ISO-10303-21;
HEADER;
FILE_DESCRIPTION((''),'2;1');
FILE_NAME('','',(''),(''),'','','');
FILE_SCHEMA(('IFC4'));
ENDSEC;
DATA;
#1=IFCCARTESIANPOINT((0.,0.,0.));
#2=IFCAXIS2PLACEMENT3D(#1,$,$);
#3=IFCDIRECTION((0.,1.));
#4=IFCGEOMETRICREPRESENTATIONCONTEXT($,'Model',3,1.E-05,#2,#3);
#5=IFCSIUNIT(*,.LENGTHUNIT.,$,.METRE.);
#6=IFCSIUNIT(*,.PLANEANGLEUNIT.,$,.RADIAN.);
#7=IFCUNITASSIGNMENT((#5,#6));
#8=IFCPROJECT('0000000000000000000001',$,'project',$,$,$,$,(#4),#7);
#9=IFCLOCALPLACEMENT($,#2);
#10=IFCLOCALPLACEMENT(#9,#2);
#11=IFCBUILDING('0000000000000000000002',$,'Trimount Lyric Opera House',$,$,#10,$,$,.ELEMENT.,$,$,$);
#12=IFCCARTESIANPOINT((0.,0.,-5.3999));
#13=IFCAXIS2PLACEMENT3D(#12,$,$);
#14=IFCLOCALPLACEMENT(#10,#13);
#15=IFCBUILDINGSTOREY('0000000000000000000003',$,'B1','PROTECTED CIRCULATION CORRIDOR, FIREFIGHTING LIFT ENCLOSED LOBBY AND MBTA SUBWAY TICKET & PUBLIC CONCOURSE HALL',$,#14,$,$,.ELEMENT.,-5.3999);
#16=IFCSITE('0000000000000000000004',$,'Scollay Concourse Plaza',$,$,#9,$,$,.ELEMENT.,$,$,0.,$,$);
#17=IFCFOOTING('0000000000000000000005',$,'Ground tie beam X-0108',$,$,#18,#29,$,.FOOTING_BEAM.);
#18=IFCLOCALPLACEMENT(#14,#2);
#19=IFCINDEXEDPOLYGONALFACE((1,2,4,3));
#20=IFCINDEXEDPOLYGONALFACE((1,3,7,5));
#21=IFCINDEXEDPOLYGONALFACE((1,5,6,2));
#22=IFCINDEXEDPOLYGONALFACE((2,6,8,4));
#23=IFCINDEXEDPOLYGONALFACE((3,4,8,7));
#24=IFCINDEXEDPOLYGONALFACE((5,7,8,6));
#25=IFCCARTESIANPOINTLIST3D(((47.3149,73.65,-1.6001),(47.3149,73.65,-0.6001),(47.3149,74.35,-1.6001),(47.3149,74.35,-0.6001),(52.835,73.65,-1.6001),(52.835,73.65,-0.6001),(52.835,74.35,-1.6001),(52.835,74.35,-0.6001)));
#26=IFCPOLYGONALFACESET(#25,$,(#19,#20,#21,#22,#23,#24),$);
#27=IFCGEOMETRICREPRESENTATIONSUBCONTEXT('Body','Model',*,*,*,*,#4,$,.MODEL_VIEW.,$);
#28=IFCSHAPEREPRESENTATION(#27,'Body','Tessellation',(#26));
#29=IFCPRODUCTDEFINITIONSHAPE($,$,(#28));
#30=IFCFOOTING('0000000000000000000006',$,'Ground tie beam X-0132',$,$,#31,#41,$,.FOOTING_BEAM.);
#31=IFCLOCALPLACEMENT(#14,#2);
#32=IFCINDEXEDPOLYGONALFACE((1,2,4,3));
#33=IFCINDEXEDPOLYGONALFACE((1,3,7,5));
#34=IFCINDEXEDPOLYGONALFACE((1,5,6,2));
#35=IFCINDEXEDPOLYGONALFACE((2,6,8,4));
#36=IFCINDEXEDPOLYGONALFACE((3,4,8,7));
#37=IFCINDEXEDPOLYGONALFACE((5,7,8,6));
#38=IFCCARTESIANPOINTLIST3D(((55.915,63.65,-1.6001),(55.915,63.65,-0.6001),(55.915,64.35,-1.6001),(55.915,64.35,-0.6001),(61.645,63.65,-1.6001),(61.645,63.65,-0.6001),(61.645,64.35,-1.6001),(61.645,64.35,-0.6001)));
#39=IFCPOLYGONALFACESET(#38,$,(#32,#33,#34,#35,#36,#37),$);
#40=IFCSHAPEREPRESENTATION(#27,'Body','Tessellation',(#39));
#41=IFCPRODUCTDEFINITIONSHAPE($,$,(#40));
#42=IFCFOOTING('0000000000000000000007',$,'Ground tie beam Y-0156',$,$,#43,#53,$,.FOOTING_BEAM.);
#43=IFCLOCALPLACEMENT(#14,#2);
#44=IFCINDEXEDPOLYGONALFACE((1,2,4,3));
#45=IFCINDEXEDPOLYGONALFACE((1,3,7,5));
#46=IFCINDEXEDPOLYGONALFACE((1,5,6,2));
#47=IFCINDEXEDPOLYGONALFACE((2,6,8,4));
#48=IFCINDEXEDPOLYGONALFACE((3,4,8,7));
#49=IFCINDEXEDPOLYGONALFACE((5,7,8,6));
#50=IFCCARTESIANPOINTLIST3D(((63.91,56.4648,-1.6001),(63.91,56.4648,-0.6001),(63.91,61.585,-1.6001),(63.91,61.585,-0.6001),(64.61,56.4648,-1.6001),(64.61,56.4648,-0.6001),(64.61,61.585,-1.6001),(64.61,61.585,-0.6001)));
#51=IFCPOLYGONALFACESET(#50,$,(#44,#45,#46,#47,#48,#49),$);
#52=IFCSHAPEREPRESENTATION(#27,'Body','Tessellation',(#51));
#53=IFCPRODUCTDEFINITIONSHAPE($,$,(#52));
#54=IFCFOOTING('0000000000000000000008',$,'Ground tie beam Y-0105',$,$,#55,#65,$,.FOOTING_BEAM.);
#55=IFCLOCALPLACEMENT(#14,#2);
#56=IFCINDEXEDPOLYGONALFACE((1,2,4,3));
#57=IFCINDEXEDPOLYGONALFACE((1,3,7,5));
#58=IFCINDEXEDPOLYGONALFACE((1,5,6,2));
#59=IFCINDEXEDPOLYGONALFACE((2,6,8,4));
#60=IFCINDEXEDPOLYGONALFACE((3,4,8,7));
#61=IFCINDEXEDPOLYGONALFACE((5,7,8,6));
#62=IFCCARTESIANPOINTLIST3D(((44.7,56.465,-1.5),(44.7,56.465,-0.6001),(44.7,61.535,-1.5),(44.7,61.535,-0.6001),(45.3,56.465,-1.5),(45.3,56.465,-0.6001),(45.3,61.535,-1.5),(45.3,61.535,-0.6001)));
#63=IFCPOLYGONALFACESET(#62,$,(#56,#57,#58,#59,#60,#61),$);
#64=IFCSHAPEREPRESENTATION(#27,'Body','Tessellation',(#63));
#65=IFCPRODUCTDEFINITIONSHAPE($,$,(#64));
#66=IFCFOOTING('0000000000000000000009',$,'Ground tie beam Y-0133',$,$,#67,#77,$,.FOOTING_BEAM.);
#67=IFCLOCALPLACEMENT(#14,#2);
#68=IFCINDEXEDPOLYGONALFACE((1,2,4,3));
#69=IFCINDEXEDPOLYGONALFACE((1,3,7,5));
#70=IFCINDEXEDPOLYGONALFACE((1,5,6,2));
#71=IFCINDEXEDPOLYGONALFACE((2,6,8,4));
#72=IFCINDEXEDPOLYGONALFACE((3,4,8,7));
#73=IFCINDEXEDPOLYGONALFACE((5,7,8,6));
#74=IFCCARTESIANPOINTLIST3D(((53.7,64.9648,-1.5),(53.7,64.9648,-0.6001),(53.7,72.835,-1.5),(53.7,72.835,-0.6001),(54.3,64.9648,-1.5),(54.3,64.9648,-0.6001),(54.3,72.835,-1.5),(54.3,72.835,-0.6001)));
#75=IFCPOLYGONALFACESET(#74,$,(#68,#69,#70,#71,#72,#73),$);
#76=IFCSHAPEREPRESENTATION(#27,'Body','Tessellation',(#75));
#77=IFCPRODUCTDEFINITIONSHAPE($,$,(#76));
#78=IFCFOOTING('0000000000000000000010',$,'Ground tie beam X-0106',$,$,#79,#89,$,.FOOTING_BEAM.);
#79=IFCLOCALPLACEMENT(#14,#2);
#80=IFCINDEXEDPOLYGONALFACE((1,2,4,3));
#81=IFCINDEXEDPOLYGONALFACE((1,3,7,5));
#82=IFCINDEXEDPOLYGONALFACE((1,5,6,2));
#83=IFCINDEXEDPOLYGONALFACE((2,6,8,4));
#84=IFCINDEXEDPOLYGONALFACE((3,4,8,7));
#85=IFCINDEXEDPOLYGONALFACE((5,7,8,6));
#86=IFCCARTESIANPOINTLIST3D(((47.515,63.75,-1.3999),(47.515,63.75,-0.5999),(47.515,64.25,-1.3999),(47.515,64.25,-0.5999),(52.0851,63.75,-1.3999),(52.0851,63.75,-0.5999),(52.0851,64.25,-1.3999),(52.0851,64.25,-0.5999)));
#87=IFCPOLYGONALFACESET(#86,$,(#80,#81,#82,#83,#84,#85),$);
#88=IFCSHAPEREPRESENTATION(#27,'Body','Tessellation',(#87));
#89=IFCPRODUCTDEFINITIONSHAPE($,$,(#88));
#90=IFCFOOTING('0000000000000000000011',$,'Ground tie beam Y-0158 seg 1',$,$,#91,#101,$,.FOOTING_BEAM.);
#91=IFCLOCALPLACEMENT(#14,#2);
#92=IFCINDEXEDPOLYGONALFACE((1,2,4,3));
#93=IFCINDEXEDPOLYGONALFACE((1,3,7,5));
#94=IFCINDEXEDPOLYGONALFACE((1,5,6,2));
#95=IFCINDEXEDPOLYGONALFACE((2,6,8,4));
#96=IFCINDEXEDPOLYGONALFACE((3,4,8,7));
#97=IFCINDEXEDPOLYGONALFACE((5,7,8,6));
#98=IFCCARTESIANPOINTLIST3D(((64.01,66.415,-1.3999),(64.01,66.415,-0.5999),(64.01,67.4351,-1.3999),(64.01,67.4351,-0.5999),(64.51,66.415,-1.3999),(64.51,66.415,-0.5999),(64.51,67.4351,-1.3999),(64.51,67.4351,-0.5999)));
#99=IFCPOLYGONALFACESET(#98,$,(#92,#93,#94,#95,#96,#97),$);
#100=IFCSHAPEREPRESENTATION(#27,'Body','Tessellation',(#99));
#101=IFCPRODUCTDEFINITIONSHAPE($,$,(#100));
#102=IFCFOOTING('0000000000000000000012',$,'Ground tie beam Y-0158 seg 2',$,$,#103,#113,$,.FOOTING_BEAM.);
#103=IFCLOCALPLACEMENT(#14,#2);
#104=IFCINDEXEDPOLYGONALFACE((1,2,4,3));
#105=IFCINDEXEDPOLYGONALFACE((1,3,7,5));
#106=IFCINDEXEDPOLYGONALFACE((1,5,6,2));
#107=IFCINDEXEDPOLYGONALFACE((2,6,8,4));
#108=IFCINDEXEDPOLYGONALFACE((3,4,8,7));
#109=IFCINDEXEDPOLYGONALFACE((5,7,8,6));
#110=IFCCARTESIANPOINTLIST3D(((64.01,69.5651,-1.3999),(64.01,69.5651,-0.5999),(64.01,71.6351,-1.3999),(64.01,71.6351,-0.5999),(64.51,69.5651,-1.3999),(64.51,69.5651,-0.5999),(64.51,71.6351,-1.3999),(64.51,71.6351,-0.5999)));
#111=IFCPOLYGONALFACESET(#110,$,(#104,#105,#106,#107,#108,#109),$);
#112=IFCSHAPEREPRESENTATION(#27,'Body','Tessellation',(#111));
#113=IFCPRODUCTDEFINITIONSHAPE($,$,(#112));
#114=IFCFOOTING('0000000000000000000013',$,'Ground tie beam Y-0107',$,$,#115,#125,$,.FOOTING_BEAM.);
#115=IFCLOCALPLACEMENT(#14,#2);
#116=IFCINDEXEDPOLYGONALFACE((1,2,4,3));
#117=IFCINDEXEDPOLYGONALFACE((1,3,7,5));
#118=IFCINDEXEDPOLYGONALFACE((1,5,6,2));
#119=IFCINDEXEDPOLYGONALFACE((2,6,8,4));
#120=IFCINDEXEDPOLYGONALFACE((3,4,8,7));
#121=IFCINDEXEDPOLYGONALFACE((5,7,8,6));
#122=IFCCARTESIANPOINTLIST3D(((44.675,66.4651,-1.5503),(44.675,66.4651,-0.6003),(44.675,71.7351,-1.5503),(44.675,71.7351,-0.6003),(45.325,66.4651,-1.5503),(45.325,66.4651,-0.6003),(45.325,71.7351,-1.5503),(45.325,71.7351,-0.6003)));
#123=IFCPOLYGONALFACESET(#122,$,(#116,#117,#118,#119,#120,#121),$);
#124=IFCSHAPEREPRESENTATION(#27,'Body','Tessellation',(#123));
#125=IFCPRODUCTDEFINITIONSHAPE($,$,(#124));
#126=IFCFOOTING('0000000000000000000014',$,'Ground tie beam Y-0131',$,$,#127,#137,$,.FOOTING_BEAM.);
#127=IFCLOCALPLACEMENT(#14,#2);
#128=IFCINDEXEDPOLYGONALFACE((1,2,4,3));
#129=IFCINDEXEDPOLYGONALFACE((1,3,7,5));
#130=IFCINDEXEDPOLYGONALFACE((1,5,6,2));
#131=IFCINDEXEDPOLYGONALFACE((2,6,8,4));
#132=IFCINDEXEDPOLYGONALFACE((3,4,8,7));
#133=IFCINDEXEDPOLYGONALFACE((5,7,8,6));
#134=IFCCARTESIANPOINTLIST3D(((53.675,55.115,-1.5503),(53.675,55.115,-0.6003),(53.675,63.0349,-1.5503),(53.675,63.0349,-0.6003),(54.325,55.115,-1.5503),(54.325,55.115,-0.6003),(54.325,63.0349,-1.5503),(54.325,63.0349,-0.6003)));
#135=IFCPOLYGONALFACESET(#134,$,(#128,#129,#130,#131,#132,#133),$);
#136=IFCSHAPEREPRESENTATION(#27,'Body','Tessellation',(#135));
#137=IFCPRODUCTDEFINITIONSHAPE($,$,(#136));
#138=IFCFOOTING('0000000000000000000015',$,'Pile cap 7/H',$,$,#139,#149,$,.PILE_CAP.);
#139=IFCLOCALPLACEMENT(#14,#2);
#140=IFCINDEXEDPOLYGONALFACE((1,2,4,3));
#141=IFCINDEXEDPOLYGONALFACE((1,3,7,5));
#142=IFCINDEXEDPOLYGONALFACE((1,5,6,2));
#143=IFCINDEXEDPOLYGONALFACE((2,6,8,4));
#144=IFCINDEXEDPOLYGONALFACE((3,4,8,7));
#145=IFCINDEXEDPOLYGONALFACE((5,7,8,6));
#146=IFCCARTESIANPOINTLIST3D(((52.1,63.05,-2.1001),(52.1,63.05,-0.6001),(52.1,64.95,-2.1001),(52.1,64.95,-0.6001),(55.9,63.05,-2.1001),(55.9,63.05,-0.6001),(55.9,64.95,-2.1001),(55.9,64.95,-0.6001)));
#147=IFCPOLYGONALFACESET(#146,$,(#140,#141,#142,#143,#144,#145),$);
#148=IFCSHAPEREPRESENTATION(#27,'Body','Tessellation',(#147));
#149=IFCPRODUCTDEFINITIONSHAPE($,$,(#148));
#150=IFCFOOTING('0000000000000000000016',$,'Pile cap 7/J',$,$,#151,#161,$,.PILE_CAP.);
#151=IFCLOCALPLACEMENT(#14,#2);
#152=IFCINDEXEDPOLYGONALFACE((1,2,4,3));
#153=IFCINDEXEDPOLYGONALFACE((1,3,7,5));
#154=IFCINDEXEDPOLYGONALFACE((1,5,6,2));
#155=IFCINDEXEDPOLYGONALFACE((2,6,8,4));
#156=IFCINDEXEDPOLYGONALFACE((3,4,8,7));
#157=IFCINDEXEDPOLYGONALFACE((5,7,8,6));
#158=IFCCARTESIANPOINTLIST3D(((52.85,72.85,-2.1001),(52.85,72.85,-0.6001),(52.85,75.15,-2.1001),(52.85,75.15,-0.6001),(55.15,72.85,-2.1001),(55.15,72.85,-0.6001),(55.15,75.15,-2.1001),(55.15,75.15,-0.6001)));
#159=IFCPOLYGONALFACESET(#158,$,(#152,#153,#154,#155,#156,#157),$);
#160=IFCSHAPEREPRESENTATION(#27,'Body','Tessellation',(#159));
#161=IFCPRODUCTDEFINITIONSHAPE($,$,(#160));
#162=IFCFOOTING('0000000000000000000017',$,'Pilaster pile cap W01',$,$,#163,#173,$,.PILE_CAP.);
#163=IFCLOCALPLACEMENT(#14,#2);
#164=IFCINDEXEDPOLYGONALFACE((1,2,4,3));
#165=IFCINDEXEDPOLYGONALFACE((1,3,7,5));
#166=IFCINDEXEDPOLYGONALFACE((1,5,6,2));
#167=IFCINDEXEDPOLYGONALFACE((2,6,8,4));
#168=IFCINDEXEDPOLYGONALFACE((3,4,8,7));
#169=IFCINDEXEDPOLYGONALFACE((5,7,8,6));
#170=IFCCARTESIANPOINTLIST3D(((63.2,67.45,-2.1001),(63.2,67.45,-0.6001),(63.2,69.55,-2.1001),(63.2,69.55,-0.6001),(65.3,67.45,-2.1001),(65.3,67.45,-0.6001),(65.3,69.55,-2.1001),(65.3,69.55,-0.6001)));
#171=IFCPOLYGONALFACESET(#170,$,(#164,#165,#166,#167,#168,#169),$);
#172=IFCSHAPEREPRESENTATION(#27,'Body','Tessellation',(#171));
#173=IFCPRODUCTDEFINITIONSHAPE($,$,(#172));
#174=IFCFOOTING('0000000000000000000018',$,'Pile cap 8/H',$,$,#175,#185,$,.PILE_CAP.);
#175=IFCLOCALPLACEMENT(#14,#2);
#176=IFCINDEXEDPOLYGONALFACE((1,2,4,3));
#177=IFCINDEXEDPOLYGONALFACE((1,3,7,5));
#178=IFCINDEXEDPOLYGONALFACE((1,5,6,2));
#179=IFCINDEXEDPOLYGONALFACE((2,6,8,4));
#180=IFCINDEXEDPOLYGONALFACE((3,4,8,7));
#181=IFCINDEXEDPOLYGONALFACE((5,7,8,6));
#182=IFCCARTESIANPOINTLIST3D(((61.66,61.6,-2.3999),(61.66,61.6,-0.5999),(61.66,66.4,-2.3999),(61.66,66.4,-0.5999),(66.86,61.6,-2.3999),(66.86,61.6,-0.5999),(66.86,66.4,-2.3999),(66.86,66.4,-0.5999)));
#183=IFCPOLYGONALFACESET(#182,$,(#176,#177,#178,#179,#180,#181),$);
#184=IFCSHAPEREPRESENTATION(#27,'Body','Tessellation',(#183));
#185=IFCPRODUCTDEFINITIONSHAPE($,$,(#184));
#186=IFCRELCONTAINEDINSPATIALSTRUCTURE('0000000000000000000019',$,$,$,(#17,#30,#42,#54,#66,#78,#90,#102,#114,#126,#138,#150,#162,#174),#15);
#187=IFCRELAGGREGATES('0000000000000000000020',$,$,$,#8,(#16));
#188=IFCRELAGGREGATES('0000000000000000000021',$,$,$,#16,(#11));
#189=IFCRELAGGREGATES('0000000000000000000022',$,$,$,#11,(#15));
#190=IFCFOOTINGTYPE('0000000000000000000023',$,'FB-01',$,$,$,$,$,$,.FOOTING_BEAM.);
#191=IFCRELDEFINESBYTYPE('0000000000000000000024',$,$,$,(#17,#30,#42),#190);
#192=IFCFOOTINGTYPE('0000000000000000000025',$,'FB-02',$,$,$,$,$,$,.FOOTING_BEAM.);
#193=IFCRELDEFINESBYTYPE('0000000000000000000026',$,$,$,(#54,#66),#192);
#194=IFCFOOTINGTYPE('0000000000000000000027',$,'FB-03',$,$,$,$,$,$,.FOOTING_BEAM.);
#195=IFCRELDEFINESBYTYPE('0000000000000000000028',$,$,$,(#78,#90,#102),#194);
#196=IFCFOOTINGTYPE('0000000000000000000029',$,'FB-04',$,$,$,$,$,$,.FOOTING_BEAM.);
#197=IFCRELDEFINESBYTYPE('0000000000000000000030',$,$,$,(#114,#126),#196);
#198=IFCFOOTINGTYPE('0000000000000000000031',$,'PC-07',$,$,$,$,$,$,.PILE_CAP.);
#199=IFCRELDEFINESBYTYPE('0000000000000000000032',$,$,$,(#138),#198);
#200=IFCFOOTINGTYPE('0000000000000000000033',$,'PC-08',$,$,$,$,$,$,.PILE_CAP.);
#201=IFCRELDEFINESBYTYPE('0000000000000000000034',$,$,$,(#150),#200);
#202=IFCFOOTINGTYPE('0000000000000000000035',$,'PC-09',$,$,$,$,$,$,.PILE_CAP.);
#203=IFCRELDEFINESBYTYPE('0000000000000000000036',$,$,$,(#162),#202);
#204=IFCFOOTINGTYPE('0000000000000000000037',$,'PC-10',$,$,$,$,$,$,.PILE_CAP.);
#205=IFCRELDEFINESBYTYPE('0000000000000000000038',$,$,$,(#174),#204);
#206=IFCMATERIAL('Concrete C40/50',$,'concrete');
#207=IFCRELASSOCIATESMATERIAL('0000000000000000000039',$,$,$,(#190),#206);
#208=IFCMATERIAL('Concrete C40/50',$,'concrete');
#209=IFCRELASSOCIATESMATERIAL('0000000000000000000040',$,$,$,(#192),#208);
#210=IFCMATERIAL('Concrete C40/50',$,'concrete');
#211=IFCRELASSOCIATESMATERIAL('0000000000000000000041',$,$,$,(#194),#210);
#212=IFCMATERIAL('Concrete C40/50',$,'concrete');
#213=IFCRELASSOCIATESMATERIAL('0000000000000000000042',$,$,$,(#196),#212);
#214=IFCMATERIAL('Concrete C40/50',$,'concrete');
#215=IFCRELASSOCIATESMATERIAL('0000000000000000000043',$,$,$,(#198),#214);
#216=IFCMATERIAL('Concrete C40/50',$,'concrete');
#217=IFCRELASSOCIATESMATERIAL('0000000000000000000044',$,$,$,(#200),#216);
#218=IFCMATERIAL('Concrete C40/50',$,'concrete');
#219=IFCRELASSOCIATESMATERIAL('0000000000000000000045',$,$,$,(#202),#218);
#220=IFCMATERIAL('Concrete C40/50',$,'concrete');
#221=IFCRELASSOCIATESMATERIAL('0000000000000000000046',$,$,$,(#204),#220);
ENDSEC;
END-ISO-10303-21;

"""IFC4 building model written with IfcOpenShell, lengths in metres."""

from ifc_helpers import new_model, si_unit, direction, frame, origin, origin_2d, place, context, subcontext, project, spatial, rectangle, extrude, material, type_object, element, save


model = new_model("IFC4")

# Units and contexts
model_context = context("Model", 3, precision=1e-05, world=origin(), true_north=direction((0.0, 1.0)))
body_context = subcontext(model_context, "Body", "Model", "MODEL_VIEW")
ifc_project = project(units=[si_unit("LENGTHUNIT", "METRE"), si_unit("PLANEANGLEUNIT", "RADIAN")], contexts=[model_context])

# Site, building, storey
site_placement = place(None, origin())
site = spatial("IfcSite", under=ifc_project, at=site_placement, Name="Scollay Concourse Plaza", CompositionType="ELEMENT", RefElevation=0.0)
building_placement = place(site_placement, origin())
building = spatial("IfcBuilding", under=site, at=building_placement, Name="Trimount Lyric Opera House", CompositionType="ELEMENT")
storey_placement = place(building_placement, frame((0.0, 0.0, -5.3999)))
storey = spatial("IfcBuildingStorey", under=building, at=storey_placement, Name="B1", Description="PROTECTED CIRCULATION CORRIDOR, FIREFIGHTING LIFT ENCLOSED LOBBY AND MBTA SUBWAY TICKET & PUBLIC CONCOURSE HALL", CompositionType="ELEMENT", Elevation=-5.3999)

# Footings
ifc_material_1 = material(Name="Concrete C40/50", Category="concrete")
footing_type_1 = type_object("IfcFootingType", Name="FB-01", PredefinedType="FOOTING_BEAM", material=ifc_material_1)
footing_1_placement = place(storey_placement, frame((50.075, 74.0, -1.6001), z_axis=(0.0, 0.0, 1.0), x_axis=(1.0, 0.0, 0.0)))
element("IfcFooting", 1, at=footing_1_placement, inside=storey, type_object=footing_type_1, Name="Ground tie beam X-0108", PredefinedType="FOOTING_BEAM", context=body_context, shape_type="SweptSolid", body=[
    extrude(rectangle(XDim=5.52, YDim=0.7, at=origin_2d()), origin(), (0.0, 0.0, 1.0), 1.0),
])
footing_2_placement = place(storey_placement, frame((58.78, 64.0, -1.6001), z_axis=(0.0, 0.0, 1.0), x_axis=(1.0, 0.0, 0.0)))
element("IfcFooting", 2, at=footing_2_placement, inside=storey, type_object=footing_type_1, Name="Ground tie beam X-0132", PredefinedType="FOOTING_BEAM", context=body_context, shape_type="SweptSolid", body=[
    extrude(rectangle(XDim=5.73, YDim=0.7, at=origin_2d()), origin(), (0.0, 0.0, 1.0), 1.0),
])
footing_3_placement = place(storey_placement, frame((64.26, 59.0249, -1.6001), z_axis=(0.0, 0.0, 1.0), x_axis=(1.0, 0.0, 0.0)))
element("IfcFooting", 3, at=footing_3_placement, inside=storey, type_object=footing_type_1, Name="Ground tie beam Y-0156", PredefinedType="FOOTING_BEAM", context=body_context, shape_type="SweptSolid", body=[
    extrude(rectangle(XDim=0.7, YDim=5.1201, at=origin_2d()), origin(), (0.0, 0.0, 1.0), 1.0),
])
ifc_material_2 = material(Name="Concrete C40/50", Category="concrete")
footing_type_2 = type_object("IfcFootingType", Name="FB-02", PredefinedType="FOOTING_BEAM", material=ifc_material_2)
footing_4_placement = place(storey_placement, frame((45.0, 59.0, -1.5), z_axis=(0.0, 0.0, 1.0), x_axis=(1.0, 0.0, 0.0)))
element("IfcFooting", 4, at=footing_4_placement, inside=storey, type_object=footing_type_2, Name="Ground tie beam Y-0105", PredefinedType="FOOTING_BEAM", context=body_context, shape_type="SweptSolid", body=[
    extrude(rectangle(XDim=0.6001, YDim=5.0701, at=origin_2d()), origin(), (0.0, 0.0, 1.0), 0.8999),
])
footing_5_placement = place(storey_placement, frame((54.0, 68.8999, -1.5), z_axis=(0.0, 0.0, 1.0), x_axis=(1.0, 0.0, 0.0)))
element("IfcFooting", 5, at=footing_5_placement, inside=storey, type_object=footing_type_2, Name="Ground tie beam Y-0133", PredefinedType="FOOTING_BEAM", context=body_context, shape_type="SweptSolid", body=[
    extrude(rectangle(XDim=0.6001, YDim=7.8701, at=origin_2d()), origin(), (0.0, 0.0, 1.0), 0.8999),
])
ifc_material_3 = material(Name="Concrete C40/50", Category="concrete")
footing_type_3 = type_object("IfcFootingType", Name="FB-03", PredefinedType="FOOTING_BEAM", material=ifc_material_3)
footing_6_placement = place(storey_placement, frame((49.8, 64.0, -1.3999), z_axis=(0.0, 0.0, 1.0), x_axis=(1.0, 0.0, 0.0)))
element("IfcFooting", 6, at=footing_6_placement, inside=storey, type_object=footing_type_3, Name="Ground tie beam X-0106", PredefinedType="FOOTING_BEAM", context=body_context, shape_type="SweptSolid", body=[
    extrude(rectangle(XDim=4.5701, YDim=0.5, at=origin_2d()), origin(), (0.0, 0.0, 1.0), 0.8),
])
footing_7_placement = place(storey_placement, frame((64.26, 66.925, -1.3999), z_axis=(0.0, 0.0, 1.0), x_axis=(1.0, 0.0, 0.0)))
element("IfcFooting", 7, at=footing_7_placement, inside=storey, type_object=footing_type_3, Name="Ground tie beam Y-0158 seg 1", PredefinedType="FOOTING_BEAM", context=body_context, shape_type="SweptSolid", body=[
    extrude(rectangle(XDim=0.5, YDim=1.02, at=origin_2d()), origin(), (0.0, 0.0, 1.0), 0.8),
])
footing_8_placement = place(storey_placement, frame((64.26, 70.6001, -1.3999), z_axis=(0.0, 0.0, 1.0), x_axis=(1.0, 0.0, 0.0)))
element("IfcFooting", 8, at=footing_8_placement, inside=storey, type_object=footing_type_3, Name="Ground tie beam Y-0158 seg 2", PredefinedType="FOOTING_BEAM", context=body_context, shape_type="SweptSolid", body=[
    extrude(rectangle(XDim=0.5, YDim=2.0701, at=origin_2d()), origin(), (0.0, 0.0, 1.0), 0.8),
])
ifc_material_4 = material(Name="Concrete C40/50", Category="concrete")
footing_type_4 = type_object("IfcFootingType", Name="FB-04", PredefinedType="FOOTING_BEAM", material=ifc_material_4)
footing_9_placement = place(storey_placement, frame((45.0, 69.1001, -1.5503), z_axis=(0.0, 0.0, 1.0), x_axis=(1.0, 0.0, 0.0)))
element("IfcFooting", 9, at=footing_9_placement, inside=storey, type_object=footing_type_4, Name="Ground tie beam Y-0107", PredefinedType="FOOTING_BEAM", context=body_context, shape_type="SweptSolid", body=[
    extrude(rectangle(XDim=0.6499, YDim=5.27, at=origin_2d()), origin(), (0.0, 0.0, 1.0), 0.95),
])
footing_10_placement = place(storey_placement, frame((54.0, 59.075, -1.5503), z_axis=(0.0, 0.0, 1.0), x_axis=(1.0, 0.0, 0.0)))
element("IfcFooting", 10, at=footing_10_placement, inside=storey, type_object=footing_type_4, Name="Ground tie beam Y-0131", PredefinedType="FOOTING_BEAM", context=body_context, shape_type="SweptSolid", body=[
    extrude(rectangle(XDim=0.6499, YDim=7.9199, at=origin_2d()), origin(), (0.0, 0.0, 1.0), 0.95),
])
ifc_material_5 = material(Name="Concrete C40/50", Category="concrete")
footing_type_5 = type_object("IfcFootingType", Name="PC-07", PredefinedType="PILE_CAP", material=ifc_material_5)
footing_11_placement = place(storey_placement, frame((54.0, 64.0, -2.1001), z_axis=(0.0, 0.0, 1.0), x_axis=(1.0, 0.0, 0.0)))
element("IfcFooting", 11, at=footing_11_placement, inside=storey, type_object=footing_type_5, Name="Pile cap 7/H", PredefinedType="PILE_CAP", context=body_context, shape_type="SweptSolid", body=[
    extrude(rectangle(XDim=3.8, YDim=1.8999, at=origin_2d()), origin(), (0.0, 0.0, 1.0), 1.5),
])
ifc_material_6 = material(Name="Concrete C40/50", Category="concrete")
footing_type_6 = type_object("IfcFootingType", Name="PC-08", PredefinedType="PILE_CAP", material=ifc_material_6)
footing_12_placement = place(storey_placement, frame((54.0, 74.0, -2.1001), z_axis=(0.0, 0.0, 1.0), x_axis=(1.0, 0.0, 0.0)))
element("IfcFooting", 12, at=footing_12_placement, inside=storey, type_object=footing_type_6, Name="Pile cap 7/J", PredefinedType="PILE_CAP", context=body_context, shape_type="SweptSolid", body=[
    extrude(rectangle(XDim=2.3, YDim=2.3, at=origin_2d()), origin(), (0.0, 0.0, 1.0), 1.5),
])
ifc_material_7 = material(Name="Concrete C40/50", Category="concrete")
footing_type_7 = type_object("IfcFootingType", Name="PC-09", PredefinedType="PILE_CAP", material=ifc_material_7)
footing_13_placement = place(storey_placement, frame((64.25, 68.5, -2.1001), z_axis=(0.0, 0.0, 1.0), x_axis=(1.0, 0.0, 0.0)))
element("IfcFooting", 13, at=footing_13_placement, inside=storey, type_object=footing_type_7, Name="Pilaster pile cap W01", PredefinedType="PILE_CAP", context=body_context, shape_type="SweptSolid", body=[
    extrude(rectangle(XDim=2.1001, YDim=2.1001, at=origin_2d()), origin(), (0.0, 0.0, 1.0), 1.5),
])
ifc_material_8 = material(Name="Concrete C40/50", Category="concrete")
footing_type_8 = type_object("IfcFootingType", Name="PC-10", PredefinedType="PILE_CAP", material=ifc_material_8)
footing_14_placement = place(storey_placement, frame((64.26, 64.0, -2.3999), z_axis=(0.0, 0.0, 1.0), x_axis=(1.0, 0.0, 0.0)))
element("IfcFooting", 14, at=footing_14_placement, inside=storey, type_object=footing_type_8, Name="Pile cap 8/H", PredefinedType="PILE_CAP", context=body_context, shape_type="SweptSolid", body=[
    extrude(rectangle(XDim=5.2, YDim=4.8, at=origin_2d()), origin(), (0.0, 0.0, 1.0), 1.8),
])

save(model, "model.ifc")
